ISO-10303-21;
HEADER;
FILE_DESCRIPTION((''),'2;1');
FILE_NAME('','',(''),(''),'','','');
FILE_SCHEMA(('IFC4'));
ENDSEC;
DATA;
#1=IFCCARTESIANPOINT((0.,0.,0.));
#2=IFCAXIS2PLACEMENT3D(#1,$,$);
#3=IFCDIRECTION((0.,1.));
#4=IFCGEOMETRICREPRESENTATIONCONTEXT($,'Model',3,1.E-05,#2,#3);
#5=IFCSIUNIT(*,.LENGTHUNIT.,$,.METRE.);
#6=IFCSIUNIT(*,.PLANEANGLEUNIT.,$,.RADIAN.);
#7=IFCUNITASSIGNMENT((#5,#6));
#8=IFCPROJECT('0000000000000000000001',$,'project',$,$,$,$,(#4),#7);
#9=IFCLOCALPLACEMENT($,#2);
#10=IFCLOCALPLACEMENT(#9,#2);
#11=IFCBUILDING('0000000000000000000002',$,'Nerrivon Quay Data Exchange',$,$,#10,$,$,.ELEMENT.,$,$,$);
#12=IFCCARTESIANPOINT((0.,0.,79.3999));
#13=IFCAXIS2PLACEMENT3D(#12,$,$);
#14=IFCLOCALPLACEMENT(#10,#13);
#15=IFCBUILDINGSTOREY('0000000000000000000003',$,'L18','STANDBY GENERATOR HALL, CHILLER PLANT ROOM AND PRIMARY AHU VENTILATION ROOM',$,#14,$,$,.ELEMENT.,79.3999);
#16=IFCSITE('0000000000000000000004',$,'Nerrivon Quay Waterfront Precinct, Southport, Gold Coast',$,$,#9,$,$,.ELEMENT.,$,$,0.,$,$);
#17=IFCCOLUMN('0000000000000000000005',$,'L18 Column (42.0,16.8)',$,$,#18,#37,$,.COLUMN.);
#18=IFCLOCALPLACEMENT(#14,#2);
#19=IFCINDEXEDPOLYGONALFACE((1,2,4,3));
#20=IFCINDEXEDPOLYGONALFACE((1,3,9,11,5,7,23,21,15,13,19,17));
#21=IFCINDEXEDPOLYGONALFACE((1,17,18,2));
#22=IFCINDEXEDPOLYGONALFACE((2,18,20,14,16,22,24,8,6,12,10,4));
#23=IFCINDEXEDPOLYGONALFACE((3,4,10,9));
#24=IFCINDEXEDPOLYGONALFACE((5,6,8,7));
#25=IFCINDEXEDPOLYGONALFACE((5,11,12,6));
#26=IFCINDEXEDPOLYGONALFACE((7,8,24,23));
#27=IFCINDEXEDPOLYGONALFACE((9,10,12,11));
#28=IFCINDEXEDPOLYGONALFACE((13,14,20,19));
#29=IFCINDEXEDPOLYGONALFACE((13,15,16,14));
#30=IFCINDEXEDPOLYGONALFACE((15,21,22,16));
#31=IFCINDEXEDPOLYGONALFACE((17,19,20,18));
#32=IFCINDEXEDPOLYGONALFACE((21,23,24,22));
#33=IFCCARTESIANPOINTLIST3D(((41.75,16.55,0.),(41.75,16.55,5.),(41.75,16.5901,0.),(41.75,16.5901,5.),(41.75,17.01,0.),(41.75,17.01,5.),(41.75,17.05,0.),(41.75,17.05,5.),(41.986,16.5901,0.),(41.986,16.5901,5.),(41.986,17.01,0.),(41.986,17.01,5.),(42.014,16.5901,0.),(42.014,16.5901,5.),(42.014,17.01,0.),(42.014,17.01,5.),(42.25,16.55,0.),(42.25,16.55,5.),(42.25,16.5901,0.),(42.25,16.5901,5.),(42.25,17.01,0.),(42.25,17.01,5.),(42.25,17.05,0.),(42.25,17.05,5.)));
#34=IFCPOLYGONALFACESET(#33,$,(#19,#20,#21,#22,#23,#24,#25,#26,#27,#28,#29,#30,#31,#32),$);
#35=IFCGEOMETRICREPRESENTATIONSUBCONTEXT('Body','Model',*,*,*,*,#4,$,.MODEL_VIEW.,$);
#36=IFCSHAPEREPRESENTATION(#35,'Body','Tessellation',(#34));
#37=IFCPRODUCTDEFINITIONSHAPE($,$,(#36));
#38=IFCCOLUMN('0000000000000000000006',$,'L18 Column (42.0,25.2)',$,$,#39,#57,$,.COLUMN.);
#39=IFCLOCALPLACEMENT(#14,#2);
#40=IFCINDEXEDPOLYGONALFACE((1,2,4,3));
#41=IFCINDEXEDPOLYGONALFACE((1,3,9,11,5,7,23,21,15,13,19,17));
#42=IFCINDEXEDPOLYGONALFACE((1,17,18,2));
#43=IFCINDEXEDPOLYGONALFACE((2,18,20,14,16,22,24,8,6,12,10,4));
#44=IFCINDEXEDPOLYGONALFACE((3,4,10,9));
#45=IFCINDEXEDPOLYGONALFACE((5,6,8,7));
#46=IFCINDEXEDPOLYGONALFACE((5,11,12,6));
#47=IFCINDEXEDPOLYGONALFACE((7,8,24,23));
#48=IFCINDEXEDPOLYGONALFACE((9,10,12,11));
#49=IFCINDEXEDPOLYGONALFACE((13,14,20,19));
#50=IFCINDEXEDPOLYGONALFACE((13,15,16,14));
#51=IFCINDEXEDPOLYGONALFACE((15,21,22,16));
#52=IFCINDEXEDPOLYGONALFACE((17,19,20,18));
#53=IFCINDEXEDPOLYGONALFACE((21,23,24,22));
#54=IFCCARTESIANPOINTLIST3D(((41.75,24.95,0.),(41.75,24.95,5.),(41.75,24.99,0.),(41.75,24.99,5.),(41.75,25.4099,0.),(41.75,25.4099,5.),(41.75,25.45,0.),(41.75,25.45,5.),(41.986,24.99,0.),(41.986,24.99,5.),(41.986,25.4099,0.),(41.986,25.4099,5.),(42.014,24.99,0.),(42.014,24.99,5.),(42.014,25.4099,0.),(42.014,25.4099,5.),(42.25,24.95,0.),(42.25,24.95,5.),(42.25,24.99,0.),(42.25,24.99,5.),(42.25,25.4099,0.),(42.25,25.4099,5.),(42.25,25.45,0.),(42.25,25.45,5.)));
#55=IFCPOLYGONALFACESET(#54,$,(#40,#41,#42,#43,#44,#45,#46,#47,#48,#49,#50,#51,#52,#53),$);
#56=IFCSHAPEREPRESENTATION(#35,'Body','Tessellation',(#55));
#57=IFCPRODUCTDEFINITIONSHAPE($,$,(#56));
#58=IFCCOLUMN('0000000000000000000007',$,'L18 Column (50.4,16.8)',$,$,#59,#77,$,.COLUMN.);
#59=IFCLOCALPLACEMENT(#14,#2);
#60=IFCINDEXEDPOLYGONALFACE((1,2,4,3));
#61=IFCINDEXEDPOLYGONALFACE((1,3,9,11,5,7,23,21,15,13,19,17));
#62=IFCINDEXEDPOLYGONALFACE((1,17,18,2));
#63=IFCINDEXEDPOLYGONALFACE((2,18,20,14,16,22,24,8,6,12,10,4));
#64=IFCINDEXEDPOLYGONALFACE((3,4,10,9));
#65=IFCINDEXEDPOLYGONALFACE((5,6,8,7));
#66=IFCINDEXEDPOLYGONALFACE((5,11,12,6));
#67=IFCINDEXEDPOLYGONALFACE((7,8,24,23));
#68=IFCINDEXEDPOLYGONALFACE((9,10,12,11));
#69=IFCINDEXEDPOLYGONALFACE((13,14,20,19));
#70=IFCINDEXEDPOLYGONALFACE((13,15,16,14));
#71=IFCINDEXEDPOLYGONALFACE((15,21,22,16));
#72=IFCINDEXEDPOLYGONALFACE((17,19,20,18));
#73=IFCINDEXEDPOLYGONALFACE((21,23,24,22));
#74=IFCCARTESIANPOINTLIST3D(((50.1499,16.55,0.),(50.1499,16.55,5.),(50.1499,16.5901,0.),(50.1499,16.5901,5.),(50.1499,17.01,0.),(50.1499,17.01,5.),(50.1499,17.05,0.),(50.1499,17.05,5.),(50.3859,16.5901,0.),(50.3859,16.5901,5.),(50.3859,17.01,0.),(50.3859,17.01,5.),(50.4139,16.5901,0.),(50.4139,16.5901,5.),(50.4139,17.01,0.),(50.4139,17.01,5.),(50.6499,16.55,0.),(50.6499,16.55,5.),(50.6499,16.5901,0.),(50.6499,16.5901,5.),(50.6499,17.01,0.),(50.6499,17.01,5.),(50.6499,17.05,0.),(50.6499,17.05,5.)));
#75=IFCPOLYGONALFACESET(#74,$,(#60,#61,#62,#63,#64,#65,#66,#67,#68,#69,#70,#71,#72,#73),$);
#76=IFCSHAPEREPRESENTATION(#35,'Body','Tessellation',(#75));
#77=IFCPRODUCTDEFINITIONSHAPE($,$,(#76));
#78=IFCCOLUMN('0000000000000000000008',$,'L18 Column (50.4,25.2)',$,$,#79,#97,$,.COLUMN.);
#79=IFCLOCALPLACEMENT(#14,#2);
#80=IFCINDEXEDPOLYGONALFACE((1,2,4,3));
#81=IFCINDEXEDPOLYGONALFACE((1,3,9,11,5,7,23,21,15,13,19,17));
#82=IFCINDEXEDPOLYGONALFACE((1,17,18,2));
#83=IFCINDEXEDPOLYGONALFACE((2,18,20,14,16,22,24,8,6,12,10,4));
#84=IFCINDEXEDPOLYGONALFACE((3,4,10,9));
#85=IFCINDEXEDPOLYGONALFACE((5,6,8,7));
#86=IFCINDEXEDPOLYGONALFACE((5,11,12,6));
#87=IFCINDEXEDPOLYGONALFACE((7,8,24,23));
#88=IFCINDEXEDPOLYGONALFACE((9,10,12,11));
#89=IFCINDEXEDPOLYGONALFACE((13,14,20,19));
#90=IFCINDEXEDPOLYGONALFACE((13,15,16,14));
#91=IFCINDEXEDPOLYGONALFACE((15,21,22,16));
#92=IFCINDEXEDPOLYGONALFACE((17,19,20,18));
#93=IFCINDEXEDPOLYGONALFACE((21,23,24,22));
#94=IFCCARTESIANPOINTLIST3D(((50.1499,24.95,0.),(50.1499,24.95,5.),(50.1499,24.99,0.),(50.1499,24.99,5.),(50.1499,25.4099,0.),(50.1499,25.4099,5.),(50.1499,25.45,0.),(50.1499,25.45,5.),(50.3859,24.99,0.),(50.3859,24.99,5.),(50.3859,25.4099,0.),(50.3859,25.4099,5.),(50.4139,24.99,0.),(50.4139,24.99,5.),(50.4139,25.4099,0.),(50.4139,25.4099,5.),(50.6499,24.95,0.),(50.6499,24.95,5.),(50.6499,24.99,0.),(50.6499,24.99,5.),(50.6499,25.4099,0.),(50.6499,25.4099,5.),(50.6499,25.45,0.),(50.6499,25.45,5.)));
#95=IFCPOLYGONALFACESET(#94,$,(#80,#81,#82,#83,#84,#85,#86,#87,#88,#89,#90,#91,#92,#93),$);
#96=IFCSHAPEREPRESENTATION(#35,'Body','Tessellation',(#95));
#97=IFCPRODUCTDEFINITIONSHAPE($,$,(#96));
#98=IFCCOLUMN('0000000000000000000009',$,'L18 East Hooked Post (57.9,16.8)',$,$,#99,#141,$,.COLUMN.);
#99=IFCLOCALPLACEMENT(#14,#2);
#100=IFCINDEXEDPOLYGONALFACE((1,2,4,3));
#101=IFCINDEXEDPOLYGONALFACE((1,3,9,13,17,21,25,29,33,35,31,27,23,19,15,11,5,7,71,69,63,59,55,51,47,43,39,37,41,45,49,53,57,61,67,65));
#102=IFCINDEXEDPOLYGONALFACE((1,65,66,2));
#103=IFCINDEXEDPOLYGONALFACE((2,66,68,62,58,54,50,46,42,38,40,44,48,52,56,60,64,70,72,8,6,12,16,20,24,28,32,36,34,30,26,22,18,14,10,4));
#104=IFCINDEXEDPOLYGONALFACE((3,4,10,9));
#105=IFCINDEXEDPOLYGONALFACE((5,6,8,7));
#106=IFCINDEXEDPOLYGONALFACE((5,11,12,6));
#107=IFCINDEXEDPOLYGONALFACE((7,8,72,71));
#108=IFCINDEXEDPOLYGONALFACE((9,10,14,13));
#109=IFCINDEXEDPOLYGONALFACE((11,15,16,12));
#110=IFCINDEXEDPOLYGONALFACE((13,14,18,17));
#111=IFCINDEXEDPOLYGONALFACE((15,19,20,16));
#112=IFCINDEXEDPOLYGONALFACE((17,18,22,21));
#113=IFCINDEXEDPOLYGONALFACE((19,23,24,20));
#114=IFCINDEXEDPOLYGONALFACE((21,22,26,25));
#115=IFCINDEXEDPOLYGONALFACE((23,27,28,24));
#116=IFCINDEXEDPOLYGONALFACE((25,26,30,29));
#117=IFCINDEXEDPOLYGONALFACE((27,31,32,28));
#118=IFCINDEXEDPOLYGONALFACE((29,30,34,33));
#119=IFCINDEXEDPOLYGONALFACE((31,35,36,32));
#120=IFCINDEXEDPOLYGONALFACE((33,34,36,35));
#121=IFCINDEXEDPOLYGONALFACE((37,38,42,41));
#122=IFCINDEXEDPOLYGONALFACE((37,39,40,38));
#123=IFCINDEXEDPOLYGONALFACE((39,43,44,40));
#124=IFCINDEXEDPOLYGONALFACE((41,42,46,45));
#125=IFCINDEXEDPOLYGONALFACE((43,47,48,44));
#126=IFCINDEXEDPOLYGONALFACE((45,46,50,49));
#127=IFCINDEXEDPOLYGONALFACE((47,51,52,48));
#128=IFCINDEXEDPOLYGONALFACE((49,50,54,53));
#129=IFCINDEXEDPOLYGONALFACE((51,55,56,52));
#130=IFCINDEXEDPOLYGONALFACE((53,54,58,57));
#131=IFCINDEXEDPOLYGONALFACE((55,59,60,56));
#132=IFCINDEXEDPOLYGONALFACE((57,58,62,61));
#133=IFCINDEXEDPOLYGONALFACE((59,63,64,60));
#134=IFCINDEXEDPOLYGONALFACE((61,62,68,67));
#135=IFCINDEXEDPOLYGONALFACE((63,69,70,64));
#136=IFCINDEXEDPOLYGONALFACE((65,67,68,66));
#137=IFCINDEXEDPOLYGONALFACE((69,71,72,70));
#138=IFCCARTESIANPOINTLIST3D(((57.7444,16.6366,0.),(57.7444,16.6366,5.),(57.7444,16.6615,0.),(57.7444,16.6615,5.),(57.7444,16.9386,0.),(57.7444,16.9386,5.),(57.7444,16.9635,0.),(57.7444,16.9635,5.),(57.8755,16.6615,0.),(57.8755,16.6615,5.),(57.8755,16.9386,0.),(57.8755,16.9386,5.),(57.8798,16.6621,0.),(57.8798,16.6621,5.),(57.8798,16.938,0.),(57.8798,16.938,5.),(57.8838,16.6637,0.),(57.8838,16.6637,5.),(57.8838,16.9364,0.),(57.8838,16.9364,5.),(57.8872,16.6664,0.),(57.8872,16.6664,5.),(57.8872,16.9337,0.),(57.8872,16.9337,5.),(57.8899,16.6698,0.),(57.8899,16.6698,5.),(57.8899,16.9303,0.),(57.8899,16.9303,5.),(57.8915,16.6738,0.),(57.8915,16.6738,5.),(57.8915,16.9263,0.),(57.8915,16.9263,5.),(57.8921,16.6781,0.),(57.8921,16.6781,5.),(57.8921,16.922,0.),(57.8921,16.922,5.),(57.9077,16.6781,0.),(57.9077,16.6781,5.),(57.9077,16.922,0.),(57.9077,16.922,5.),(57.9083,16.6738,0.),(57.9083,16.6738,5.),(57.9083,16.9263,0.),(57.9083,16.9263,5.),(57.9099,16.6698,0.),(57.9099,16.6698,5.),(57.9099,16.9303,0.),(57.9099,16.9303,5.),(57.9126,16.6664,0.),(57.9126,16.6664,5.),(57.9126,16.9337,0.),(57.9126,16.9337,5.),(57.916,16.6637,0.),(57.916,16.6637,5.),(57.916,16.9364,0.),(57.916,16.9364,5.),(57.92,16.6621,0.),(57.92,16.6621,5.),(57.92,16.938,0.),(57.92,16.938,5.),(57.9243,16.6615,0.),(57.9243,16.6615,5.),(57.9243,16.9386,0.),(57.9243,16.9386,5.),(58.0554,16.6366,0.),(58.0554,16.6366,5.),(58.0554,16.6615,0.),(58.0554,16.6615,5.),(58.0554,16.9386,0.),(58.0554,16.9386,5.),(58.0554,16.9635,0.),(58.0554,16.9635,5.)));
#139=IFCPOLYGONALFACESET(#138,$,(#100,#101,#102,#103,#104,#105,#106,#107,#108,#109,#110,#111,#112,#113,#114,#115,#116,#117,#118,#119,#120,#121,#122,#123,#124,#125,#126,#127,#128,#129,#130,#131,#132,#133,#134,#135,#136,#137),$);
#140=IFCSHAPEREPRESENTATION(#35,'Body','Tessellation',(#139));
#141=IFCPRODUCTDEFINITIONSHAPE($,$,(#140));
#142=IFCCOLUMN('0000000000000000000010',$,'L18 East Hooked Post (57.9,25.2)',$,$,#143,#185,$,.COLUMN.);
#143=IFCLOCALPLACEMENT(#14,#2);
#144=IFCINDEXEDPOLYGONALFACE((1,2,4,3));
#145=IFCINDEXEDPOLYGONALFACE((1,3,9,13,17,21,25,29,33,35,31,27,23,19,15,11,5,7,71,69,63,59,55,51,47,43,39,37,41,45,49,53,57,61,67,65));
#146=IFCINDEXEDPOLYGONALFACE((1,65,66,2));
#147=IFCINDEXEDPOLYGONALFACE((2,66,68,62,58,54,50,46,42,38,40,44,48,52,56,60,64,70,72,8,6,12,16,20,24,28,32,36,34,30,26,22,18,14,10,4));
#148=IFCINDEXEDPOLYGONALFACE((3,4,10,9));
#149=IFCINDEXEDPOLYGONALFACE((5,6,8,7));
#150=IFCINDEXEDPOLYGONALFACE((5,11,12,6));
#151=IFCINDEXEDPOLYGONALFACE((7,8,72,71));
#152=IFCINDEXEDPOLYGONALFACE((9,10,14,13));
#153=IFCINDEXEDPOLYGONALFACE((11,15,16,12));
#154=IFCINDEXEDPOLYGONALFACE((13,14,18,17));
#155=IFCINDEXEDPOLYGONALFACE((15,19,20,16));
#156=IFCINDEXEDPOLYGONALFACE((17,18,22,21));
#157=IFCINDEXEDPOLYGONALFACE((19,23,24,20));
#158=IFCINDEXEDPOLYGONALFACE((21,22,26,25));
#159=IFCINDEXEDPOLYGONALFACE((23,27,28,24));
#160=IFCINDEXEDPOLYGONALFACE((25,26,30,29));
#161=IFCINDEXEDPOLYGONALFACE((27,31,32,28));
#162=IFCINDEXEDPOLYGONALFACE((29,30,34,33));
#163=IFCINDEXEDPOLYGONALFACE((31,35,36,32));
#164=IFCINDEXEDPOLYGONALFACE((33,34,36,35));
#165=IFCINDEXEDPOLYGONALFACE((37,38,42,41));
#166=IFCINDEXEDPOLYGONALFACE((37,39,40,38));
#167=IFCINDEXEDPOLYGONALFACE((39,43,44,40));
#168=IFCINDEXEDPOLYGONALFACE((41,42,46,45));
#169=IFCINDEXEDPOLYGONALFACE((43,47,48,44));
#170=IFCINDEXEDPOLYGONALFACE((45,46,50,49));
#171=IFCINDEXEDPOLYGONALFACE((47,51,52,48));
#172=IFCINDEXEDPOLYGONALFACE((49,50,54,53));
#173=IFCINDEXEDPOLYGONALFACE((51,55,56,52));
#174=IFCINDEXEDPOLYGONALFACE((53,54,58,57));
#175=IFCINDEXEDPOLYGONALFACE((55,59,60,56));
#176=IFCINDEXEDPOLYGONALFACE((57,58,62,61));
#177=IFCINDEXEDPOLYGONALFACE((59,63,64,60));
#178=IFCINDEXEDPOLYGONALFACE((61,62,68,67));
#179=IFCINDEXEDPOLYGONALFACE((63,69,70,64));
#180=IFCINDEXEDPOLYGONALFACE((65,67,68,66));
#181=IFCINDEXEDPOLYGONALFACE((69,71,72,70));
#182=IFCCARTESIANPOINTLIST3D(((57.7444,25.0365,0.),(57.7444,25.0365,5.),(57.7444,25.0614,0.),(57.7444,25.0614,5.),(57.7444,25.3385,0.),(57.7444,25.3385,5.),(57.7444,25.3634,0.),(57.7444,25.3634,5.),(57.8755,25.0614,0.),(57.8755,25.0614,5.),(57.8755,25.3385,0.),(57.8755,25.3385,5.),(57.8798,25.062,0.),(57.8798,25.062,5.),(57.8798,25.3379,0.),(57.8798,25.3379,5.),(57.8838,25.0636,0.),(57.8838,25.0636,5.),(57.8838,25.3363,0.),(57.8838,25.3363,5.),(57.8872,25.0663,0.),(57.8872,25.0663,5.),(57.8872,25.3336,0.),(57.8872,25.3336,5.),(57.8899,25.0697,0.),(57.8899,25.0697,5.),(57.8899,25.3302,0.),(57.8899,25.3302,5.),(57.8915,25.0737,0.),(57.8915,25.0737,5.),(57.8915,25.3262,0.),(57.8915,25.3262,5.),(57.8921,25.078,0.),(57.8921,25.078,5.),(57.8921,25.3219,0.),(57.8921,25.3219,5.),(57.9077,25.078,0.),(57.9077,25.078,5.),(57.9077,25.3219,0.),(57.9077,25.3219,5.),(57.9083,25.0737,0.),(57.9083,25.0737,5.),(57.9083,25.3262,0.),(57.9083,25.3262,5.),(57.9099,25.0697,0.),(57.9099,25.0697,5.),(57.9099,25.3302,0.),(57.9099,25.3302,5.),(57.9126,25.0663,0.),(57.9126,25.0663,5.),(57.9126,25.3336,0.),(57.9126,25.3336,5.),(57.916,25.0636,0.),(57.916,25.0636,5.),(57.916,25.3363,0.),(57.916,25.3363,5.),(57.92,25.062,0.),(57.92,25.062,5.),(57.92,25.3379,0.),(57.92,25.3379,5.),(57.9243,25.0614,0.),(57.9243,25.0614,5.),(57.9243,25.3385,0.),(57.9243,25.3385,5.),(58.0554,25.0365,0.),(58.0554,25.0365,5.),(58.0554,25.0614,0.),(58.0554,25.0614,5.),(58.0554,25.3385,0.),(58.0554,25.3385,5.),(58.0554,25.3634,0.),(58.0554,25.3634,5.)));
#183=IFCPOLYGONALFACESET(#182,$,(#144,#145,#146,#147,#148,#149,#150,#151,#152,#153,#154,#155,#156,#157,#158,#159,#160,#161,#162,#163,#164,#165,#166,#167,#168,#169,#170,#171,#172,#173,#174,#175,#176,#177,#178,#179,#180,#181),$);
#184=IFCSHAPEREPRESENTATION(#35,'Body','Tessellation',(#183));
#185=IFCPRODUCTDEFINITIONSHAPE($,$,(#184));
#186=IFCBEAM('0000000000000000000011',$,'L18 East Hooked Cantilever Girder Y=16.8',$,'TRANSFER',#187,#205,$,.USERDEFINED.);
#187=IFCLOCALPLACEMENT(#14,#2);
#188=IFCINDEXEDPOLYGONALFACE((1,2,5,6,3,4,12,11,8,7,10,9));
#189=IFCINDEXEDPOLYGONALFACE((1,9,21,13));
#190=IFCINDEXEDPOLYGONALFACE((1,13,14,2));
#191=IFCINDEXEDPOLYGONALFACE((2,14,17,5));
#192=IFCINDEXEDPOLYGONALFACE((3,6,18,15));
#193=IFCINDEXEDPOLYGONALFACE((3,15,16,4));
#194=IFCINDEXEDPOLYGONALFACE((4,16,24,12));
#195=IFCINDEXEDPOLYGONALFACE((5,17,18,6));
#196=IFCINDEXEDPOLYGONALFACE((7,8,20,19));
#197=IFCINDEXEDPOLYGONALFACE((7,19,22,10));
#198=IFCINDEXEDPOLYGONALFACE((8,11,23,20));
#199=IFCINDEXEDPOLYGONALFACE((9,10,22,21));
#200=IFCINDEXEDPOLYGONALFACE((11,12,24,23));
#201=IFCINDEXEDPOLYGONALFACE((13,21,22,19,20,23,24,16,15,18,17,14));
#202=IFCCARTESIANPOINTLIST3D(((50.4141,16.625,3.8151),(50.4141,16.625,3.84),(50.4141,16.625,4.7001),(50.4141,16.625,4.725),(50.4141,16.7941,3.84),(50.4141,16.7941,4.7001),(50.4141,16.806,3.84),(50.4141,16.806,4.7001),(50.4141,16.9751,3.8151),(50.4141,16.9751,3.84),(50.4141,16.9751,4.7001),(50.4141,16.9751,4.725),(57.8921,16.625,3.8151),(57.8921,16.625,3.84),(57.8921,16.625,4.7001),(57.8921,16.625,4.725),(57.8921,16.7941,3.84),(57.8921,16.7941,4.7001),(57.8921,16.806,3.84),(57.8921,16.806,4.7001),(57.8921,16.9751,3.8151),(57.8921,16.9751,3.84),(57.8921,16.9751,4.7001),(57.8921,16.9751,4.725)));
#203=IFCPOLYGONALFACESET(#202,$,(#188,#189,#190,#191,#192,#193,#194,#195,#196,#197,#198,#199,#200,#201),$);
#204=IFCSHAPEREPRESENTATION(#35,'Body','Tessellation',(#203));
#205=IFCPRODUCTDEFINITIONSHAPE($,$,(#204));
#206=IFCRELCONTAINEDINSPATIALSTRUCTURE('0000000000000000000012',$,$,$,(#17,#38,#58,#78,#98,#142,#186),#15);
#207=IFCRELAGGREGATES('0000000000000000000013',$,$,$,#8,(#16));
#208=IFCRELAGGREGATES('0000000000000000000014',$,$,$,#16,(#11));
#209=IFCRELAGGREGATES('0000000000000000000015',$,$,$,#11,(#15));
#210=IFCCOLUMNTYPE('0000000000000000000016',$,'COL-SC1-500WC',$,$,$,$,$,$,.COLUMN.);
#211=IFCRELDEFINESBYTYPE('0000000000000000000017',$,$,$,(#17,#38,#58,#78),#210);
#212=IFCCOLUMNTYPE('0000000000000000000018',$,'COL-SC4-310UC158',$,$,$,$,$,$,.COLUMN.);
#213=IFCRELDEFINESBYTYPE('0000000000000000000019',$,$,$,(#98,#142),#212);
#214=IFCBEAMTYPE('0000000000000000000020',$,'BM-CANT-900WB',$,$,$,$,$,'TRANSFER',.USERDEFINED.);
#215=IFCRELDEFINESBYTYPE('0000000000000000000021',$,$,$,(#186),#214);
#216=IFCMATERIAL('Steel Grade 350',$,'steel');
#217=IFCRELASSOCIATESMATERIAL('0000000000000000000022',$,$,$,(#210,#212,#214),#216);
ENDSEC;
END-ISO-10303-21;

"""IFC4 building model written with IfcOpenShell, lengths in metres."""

from ifc_helpers import new_model, si_unit, direction, frame, origin, origin_2d, place, context, subcontext, project, spatial, i_section, extrude, material, material_profile, profile_set, type_object, element, save


model = new_model("IFC4")

# Units and contexts
model_context = context("Model", 3, precision=1e-05, world=origin(), true_north=direction((0.0, 1.0)))
body_context = subcontext(model_context, "Body", "Model", "MODEL_VIEW")
ifc_project = project(units=[si_unit("LENGTHUNIT", "METRE"), si_unit("PLANEANGLEUNIT", "RADIAN")], contexts=[model_context])

# Site, building, storey
site_placement = place(None, origin())
site = spatial("IfcSite", under=ifc_project, at=site_placement, Name="Nerrivon Quay Waterfront Precinct, Southport, Gold Coast", CompositionType="ELEMENT", RefElevation=0.0)
building_placement = place(site_placement, origin())
building = spatial("IfcBuilding", under=site, at=building_placement, Name="Nerrivon Quay Data Exchange", CompositionType="ELEMENT")
storey_placement = place(building_placement, frame((0.0, 0.0, 79.3999)))
storey = spatial("IfcBuildingStorey", under=building, at=storey_placement, Name="L18", Description="STANDBY GENERATOR HALL, CHILLER PLANT ROOM AND PRIMARY AHU VENTILATION ROOM", CompositionType="ELEMENT", Elevation=79.3999)

# Columns
ifc_material_1 = material(Name="Steel Grade 350", Category="steel")
ifc_material_profile_1 = material_profile(ifc_material_1, i_section(OverallWidth=0.5, OverallDepth=0.5, WebThickness=0.0281, FlangeThickness=0.04, at=origin_2d()), Name="500WC440")
ifc_profile_set_1 = profile_set([ifc_material_profile_1], Name="Steel Grade 350")
column_type_1 = type_object("IfcColumnType", Name="COL-SC1-500WC", PredefinedType="COLUMN", material=ifc_profile_set_1)
for number, where, z_axis, x_axis, name in (
    (1, (42.0, 16.8, 0.0), (0.0, 0.0, 1.0), (1.0, 0.0, 0.0), "L18 Column (42.0,16.8)"),
    (2, (42.0, 25.2, 0.0), (0.0, 0.0, 1.0), (1.0, 0.0, 0.0), "L18 Column (42.0,25.2)"),
    (3, (50.3999, 16.8, 0.0), (0.0, 0.0, 1.0), (1.0, 0.0, 0.0), "L18 Column (50.4,16.8)"),
    (4, (50.3999, 25.2, 0.0), (0.0, 0.0, 1.0), (1.0, 0.0, 0.0), "L18 Column (50.4,25.2)"),
):
    element("IfcColumn", number, at=place(storey_placement, frame(where, z_axis=z_axis, x_axis=x_axis)), inside=storey, type_object=column_type_1, Name=name, PredefinedType="COLUMN", context=body_context, shape_type="SweptSolid", body=[
        extrude(i_section(OverallWidth=0.5, OverallDepth=0.5, WebThickness=0.0281, FlangeThickness=0.04, at=origin_2d()), origin(), (0.0, 0.0, 1.0), 5.0),
    ])
ifc_material_profile_2 = material_profile(ifc_material_1, i_section(OverallWidth=0.311, OverallDepth=0.3269, WebThickness=0.0156, FlangeThickness=0.0249, FilletRadius=0.0166, at=origin_2d()), Name="310UC158")
ifc_profile_set_2 = profile_set([ifc_material_profile_2], Name="Steel Grade 350")
column_type_2 = type_object("IfcColumnType", Name="COL-SC4-310UC158", PredefinedType="COLUMN", material=ifc_profile_set_2)
for number, where, z_axis, x_axis, name in (
    (5, (57.8999, 16.8, 0.0), (0.0, 0.0, 1.0), (1.0, 0.0, 0.0), "L18 East Hooked Post (57.9,16.8)"),
    (6, (57.8999, 25.2, 0.0), (0.0, 0.0, 1.0), (1.0, 0.0, 0.0), "L18 East Hooked Post (57.9,25.2)"),
):
    element("IfcColumn", number, at=place(storey_placement, frame(where, z_axis=z_axis, x_axis=x_axis)), inside=storey, type_object=column_type_2, Name=name, PredefinedType="COLUMN", context=body_context, shape_type="SweptSolid", body=[
        extrude(i_section(OverallWidth=0.311, OverallDepth=0.3269, WebThickness=0.0156, FlangeThickness=0.0249, FilletRadius=0.0166, at=origin_2d()), origin(), (0.0, 0.0, 1.0), 5.0),
    ])

# Beam
ifc_material_profile_3 = material_profile(ifc_material_1, i_section(OverallWidth=0.3501, OverallDepth=0.9099, WebThickness=0.012, FlangeThickness=0.0249, at=origin_2d()), Name="900WB218")
ifc_profile_set_3 = profile_set([ifc_material_profile_3], Name="Steel Grade 350")
beam_type_1 = type_object("IfcBeamType", Name="BM-CANT-900WB", ElementType="TRANSFER", PredefinedType="USERDEFINED", material=ifc_profile_set_3)
for number, where, z_axis, x_axis, name in (
    (7, (50.4141, 16.8, 4.27), (1.0, 0.0, 0.0), (0.0, 1.0, 0.0), "L18 East Hooked Cantilever Girder Y=16.8"),
):
    element("IfcBeam", number, at=place(storey_placement, frame(where, z_axis=z_axis, x_axis=x_axis)), inside=storey, type_object=beam_type_1, Name=name, ObjectType="TRANSFER", PredefinedType="USERDEFINED", context=body_context, shape_type="SweptSolid", body=[
        extrude(i_section(OverallWidth=0.3501, OverallDepth=0.9099, WebThickness=0.012, FlangeThickness=0.0249, at=origin_2d()), origin(), (0.0, 0.0, 1.0), 7.478),
    ])

save(model, "model.ifc")
